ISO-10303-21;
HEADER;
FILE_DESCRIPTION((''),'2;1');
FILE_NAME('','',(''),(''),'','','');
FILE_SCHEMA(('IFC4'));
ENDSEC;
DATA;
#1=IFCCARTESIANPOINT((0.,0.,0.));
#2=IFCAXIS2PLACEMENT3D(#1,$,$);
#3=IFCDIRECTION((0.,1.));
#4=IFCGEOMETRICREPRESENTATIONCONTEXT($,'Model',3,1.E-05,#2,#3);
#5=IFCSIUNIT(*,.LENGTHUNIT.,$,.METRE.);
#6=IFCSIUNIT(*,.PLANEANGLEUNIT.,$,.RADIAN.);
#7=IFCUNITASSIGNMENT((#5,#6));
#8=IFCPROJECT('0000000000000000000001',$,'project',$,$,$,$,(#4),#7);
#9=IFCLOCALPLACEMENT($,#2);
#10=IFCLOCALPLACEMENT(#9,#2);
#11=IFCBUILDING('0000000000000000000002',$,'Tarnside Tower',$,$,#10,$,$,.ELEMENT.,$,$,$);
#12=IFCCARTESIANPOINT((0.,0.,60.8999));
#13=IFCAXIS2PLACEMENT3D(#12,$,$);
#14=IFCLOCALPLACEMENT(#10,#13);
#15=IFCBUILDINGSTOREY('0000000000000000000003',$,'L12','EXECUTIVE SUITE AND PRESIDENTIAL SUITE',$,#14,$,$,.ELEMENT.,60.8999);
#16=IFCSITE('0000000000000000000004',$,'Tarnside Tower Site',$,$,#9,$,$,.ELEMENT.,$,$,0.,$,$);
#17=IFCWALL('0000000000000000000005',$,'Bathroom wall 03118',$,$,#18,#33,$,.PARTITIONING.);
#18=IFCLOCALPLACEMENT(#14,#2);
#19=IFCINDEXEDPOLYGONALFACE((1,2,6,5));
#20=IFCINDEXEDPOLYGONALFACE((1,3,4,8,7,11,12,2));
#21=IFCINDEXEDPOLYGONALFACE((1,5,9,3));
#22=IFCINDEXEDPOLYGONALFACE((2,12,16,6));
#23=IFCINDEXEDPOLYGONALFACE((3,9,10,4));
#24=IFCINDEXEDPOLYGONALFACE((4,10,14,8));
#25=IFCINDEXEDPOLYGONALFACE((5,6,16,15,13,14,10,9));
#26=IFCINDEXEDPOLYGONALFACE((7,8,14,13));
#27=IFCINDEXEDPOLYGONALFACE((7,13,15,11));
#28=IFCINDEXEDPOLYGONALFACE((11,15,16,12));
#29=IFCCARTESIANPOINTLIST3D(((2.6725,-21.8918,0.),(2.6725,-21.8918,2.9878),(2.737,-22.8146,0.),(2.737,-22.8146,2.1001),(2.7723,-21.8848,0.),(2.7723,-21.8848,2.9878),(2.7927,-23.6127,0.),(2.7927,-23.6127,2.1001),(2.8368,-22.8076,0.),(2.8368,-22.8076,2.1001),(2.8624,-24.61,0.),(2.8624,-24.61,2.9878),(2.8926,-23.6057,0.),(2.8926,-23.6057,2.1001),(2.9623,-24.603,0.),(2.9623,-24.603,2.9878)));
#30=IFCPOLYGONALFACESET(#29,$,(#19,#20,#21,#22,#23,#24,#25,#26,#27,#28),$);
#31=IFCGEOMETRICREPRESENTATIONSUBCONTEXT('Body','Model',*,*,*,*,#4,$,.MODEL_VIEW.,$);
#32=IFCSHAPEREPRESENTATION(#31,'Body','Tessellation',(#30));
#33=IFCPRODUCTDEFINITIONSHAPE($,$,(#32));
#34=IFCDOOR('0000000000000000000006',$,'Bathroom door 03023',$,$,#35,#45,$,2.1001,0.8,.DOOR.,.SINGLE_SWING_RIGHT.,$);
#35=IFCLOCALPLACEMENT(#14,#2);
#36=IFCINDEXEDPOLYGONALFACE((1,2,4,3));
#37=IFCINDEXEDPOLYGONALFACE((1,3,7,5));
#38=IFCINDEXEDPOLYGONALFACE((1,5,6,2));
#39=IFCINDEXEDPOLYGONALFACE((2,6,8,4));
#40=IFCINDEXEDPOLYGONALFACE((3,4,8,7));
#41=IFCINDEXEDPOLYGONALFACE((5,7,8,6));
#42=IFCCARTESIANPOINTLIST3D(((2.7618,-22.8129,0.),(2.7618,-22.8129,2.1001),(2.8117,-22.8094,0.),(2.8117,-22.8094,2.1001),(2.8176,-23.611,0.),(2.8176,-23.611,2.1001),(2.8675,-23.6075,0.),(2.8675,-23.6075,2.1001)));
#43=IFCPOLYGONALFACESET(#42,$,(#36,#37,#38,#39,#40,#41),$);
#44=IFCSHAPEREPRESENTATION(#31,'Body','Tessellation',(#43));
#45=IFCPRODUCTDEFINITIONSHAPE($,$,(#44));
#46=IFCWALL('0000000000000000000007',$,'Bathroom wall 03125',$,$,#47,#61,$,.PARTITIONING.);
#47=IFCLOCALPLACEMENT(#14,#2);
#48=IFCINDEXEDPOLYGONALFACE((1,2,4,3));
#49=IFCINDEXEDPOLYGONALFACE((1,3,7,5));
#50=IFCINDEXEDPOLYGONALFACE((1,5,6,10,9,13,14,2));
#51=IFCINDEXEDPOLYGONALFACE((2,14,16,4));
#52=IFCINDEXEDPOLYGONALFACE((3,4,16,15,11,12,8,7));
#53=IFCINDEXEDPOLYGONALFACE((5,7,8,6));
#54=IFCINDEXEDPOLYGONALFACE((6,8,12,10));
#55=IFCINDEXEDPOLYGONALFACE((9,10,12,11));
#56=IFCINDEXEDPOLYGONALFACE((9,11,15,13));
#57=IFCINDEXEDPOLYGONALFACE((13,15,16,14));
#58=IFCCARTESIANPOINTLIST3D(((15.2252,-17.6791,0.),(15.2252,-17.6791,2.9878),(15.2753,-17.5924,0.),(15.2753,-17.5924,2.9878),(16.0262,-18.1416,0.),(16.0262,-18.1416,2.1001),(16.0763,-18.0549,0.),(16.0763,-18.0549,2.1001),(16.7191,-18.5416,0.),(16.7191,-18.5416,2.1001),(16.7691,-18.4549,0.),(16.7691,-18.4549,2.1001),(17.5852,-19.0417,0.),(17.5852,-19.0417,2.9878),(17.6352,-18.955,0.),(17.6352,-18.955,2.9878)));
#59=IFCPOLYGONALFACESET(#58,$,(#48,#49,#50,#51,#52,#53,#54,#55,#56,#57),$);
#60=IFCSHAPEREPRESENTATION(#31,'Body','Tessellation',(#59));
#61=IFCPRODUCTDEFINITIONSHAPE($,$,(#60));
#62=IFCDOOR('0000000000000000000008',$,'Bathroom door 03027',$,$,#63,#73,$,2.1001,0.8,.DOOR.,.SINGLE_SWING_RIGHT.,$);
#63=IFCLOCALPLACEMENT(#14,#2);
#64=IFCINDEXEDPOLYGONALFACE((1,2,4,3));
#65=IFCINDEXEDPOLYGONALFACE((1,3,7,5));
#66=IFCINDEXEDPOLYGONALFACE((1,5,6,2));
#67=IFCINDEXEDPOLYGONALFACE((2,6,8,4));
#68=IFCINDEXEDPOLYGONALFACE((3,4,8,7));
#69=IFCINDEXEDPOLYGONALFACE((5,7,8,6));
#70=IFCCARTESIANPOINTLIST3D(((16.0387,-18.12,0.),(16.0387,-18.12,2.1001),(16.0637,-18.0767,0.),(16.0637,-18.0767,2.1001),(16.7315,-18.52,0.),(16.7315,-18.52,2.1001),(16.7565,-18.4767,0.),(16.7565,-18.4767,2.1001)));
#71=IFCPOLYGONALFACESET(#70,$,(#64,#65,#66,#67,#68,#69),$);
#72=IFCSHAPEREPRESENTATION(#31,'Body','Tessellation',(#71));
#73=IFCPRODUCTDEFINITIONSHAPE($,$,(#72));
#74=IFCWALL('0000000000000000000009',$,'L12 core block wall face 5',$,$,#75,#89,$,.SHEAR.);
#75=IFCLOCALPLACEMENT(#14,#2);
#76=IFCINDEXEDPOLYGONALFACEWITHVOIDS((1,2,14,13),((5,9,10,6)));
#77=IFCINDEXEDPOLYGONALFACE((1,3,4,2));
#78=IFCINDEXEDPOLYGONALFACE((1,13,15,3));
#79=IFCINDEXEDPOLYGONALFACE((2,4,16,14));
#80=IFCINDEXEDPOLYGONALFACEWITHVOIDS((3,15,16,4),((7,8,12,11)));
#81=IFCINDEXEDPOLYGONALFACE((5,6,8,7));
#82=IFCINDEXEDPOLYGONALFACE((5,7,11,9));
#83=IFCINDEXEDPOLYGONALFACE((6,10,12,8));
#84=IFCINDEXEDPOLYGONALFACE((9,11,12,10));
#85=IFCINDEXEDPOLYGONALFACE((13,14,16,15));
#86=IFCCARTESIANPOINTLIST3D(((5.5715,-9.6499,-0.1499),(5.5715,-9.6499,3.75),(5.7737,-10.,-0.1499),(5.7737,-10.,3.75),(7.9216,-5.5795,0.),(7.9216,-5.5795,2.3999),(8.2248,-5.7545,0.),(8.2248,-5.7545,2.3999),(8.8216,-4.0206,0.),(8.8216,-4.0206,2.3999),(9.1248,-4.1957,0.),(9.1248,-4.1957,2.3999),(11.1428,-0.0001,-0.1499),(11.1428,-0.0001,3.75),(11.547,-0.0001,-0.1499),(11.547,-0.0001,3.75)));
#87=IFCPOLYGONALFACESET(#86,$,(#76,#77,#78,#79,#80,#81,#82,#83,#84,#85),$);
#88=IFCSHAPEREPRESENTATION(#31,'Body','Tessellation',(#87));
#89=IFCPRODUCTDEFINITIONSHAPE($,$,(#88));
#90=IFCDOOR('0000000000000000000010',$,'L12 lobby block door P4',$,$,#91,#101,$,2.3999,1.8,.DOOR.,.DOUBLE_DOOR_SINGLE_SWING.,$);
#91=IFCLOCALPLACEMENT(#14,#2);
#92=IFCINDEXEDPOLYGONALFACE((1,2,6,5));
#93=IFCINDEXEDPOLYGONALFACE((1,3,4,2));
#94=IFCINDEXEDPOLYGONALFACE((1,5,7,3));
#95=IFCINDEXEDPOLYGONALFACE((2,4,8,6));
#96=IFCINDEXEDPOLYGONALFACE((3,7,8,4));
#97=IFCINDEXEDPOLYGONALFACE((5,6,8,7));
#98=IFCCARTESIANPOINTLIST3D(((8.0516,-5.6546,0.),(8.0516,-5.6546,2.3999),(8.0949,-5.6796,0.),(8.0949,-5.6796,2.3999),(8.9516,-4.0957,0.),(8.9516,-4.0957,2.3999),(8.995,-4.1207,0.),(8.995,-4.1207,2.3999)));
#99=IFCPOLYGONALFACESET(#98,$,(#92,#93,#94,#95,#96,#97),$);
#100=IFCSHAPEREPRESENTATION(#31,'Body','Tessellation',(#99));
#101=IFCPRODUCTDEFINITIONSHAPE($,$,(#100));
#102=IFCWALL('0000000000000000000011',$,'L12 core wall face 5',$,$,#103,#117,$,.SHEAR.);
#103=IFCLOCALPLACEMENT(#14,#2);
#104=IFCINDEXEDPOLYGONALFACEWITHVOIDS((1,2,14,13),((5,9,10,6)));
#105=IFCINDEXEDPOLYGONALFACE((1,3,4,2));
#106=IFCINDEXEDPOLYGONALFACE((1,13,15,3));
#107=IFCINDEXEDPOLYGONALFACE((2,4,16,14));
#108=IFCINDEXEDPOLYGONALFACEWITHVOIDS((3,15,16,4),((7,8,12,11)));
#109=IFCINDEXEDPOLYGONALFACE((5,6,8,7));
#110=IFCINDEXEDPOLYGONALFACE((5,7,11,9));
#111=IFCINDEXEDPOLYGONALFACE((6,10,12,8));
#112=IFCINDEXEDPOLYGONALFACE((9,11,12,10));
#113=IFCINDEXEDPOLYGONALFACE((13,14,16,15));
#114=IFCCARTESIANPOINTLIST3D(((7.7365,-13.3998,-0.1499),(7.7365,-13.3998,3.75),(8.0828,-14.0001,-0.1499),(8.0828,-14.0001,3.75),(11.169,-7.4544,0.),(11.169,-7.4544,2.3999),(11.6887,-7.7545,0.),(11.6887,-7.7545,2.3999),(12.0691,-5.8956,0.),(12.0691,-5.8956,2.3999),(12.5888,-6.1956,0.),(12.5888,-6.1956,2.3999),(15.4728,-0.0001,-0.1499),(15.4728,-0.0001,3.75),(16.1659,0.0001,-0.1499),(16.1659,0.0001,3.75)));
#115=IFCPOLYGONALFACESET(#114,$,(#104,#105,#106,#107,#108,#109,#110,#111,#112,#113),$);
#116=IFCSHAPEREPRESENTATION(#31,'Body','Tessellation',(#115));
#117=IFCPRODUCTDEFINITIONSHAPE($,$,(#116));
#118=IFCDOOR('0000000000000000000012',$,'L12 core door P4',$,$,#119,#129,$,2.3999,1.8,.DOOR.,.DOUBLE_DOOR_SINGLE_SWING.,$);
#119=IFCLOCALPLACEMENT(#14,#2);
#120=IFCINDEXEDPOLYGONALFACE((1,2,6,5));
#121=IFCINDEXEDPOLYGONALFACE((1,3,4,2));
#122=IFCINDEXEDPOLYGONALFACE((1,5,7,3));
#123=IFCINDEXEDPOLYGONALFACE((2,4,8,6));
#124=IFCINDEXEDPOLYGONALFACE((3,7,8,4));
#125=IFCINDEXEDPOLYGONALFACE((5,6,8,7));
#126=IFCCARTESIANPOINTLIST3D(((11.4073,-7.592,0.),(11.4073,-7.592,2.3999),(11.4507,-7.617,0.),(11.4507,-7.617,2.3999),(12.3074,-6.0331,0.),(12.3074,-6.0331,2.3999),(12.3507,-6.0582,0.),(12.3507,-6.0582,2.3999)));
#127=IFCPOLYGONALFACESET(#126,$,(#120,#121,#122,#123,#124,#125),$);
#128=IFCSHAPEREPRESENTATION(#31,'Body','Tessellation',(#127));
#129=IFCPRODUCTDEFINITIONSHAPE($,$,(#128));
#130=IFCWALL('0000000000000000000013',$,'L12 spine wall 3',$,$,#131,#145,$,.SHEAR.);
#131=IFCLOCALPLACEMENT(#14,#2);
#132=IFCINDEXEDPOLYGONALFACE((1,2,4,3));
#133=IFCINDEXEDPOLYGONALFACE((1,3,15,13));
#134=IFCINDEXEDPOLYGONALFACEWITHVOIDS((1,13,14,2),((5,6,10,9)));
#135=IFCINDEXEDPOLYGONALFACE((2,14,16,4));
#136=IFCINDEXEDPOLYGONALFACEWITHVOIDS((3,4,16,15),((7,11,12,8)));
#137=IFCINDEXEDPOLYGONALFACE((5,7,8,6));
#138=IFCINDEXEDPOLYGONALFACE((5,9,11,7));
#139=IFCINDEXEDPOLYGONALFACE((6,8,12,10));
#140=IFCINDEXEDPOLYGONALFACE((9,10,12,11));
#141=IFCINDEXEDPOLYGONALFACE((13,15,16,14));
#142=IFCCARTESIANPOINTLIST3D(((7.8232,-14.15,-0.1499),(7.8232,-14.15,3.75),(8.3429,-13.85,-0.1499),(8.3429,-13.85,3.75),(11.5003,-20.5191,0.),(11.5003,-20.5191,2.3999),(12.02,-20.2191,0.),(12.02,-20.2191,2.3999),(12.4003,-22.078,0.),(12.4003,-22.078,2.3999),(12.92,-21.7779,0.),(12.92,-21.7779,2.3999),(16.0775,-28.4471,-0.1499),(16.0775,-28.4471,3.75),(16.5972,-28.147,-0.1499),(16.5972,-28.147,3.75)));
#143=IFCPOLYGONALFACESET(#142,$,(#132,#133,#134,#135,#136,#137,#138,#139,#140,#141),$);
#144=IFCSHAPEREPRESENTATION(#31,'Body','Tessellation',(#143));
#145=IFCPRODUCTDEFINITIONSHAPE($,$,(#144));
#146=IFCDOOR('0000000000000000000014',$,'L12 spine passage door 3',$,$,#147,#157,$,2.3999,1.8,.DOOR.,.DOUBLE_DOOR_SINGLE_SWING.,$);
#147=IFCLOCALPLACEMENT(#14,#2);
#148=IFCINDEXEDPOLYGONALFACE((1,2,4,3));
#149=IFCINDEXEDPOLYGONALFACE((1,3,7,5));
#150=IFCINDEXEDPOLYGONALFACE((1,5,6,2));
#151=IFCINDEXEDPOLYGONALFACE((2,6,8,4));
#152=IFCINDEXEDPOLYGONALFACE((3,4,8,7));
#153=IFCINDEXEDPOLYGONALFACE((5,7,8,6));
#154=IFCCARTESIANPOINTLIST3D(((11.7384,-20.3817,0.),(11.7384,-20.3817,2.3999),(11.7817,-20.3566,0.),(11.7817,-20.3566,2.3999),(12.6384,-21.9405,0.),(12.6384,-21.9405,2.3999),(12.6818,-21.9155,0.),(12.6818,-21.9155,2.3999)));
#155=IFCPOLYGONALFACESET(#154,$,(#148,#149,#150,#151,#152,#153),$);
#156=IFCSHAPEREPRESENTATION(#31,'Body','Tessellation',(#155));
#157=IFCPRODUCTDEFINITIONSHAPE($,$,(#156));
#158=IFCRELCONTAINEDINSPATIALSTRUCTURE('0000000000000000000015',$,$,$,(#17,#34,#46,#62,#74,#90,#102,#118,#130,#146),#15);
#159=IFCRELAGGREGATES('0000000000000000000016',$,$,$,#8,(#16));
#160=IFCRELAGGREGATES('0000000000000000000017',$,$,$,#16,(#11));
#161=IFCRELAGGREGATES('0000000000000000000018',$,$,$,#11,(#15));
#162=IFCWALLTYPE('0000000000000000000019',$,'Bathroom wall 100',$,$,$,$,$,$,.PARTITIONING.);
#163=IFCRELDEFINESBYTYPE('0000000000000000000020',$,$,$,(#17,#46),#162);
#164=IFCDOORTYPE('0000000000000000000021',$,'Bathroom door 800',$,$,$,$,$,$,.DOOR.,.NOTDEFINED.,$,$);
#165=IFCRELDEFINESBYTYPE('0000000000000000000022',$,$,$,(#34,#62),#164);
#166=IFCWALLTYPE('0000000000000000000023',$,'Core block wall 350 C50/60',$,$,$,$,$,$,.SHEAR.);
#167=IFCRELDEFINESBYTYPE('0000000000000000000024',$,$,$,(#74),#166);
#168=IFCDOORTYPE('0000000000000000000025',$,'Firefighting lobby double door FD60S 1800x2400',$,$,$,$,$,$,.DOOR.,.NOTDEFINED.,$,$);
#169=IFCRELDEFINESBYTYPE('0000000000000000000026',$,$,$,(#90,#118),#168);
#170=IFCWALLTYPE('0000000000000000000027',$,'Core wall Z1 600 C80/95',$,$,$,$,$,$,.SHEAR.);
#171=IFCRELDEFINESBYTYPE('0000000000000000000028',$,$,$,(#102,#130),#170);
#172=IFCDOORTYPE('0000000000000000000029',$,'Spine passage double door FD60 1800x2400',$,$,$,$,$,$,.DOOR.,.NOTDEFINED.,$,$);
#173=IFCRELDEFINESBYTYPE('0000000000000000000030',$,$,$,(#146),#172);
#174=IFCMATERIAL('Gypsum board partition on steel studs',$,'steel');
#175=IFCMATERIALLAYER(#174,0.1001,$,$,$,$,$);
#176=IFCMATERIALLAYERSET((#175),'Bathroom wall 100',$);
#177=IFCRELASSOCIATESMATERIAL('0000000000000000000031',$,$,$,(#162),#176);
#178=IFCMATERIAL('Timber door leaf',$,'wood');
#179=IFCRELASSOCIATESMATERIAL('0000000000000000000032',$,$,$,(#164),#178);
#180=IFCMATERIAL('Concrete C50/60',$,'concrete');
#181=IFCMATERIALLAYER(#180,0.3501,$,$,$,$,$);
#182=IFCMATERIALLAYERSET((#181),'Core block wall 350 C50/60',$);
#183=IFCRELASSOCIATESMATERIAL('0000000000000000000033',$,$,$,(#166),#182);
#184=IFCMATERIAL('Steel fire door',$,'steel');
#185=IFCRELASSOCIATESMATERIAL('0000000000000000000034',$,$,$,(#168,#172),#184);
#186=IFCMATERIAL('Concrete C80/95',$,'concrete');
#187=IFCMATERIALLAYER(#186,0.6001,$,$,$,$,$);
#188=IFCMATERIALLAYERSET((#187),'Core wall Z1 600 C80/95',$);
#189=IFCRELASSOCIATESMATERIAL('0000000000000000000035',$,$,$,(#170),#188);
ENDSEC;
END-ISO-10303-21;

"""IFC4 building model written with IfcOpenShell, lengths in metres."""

from ifc_helpers import new_model, si_unit, direction, frame, frame_2d, origin, place, context, subcontext, project, spatial, polyline, rectangle, outline, extrude, material, layer, layer_set, type_object, element, fill, save


model = new_model("IFC4")

# Units and contexts
model_context = context("Model", 3, precision=1e-05, world=origin(), true_north=direction((0.0, 1.0)))
body_context = subcontext(model_context, "Body", "Model", "MODEL_VIEW")
ifc_project = project(units=[si_unit("LENGTHUNIT", "METRE"), si_unit("PLANEANGLEUNIT", "RADIAN")], contexts=[model_context])

# Site, building, storey
site_placement = place(None, origin())
site = spatial("IfcSite", under=ifc_project, at=site_placement, Name="Tarnside Tower Site", CompositionType="ELEMENT", RefElevation=0.0)
building_placement = place(site_placement, origin())
building = spatial("IfcBuilding", under=site, at=building_placement, Name="Tarnside Tower", CompositionType="ELEMENT")
storey_placement = place(building_placement, frame((0.0, 0.0, 60.8999)))
storey = spatial("IfcBuildingStorey", under=building, at=storey_placement, Name="L12", Description="EXECUTIVE SUITE AND PRESIDENTIAL SUITE", CompositionType="ELEMENT", Elevation=60.8999)

# Walls, openings, doors
ifc_material_1 = material(Name="Gypsum board partition on steel studs", Category="steel")
ifc_layer_1 = layer(ifc_material_1, 0.1001)
ifc_layer_set_1 = layer_set([ifc_layer_1], Name="Bathroom wall 100")
wall_type_1 = type_object("IfcWallType", Name="Bathroom wall 100", PredefinedType="PARTITIONING", material=ifc_layer_set_1)
wall_1_placement = place(storey_placement, frame((2.7224, -21.8884, 0.0), z_axis=(0.0, 0.0, 1.0), x_axis=(0.069706, -0.997568, 0.0)))
wall_1 = element("IfcWall", 1, at=wall_1_placement, inside=storey, type_object=wall_type_1, Name="Bathroom wall 03118", PredefinedType="PARTITIONING", context=body_context, shape_type="SweptSolid", body=[
    extrude(rectangle(XDim=2.7249, YDim=0.1001, at=frame_2d((1.3623, 0.0))), origin(), (0.0, 0.0, 1.0), 2.9878),
])
opening_1_placement = place(wall_1_placement, frame((0.925, 0.0, 0.0)))
opening_1 = element("IfcOpeningElement", 2, at=opening_1_placement, cuts=wall_1, PredefinedType="OPENING", context=body_context, shape_type="SweptSolid", body=[
    extrude(rectangle(XDim=0.8, YDim=2.1001, at=frame_2d((0.3999, 1.05))), frame((0.0, 0.0601, 0.0), z_axis=(0.0, -1.0, 0.0), x_axis=(1.0, 0.0, 0.0)), (0.0, 0.0, 1.0), 0.1201),
])
ifc_material_2 = material(Name="Timber door leaf", Category="wood")
door_type_1 = type_object("IfcDoorType", Name="Bathroom door 800", OperationType="NOTDEFINED", PredefinedType="DOOR", material=ifc_material_2)
door_1_placement = place(opening_1_placement, origin())
door_1 = element("IfcDoor", 3, at=door_1_placement, inside=storey, type_object=door_type_1, Name="Bathroom door 03023", OperationType="SINGLE_SWING_RIGHT", OverallHeight=2.1001, OverallWidth=0.8, PredefinedType="DOOR", context=body_context, shape_type="SweptSolid", body=[
    extrude(rectangle(XDim=0.8, YDim=2.1001, at=frame_2d((0.3999, 1.05))), frame((0.0, 0.0249, 0.0), z_axis=(0.0, -1.0, 0.0), x_axis=(1.0, 0.0, 0.0)), (0.0, 0.0, 1.0), 0.05),
])
fill(opening_1, door_1)
wall_2_placement = place(storey_placement, frame((15.2502, -17.6357, 0.0), z_axis=(0.0, 0.0, 1.0), x_axis=(0.866013, -0.500022, 0.0)))
wall_2 = element("IfcWall", 4, at=wall_2_placement, inside=storey, type_object=wall_type_1, Name="Bathroom wall 03125", PredefinedType="PARTITIONING", context=body_context, shape_type="SweptSolid", body=[
    extrude(rectangle(XDim=2.7251, YDim=0.1001, at=frame_2d((1.3625, 0.0))), origin(), (0.0, 0.0, 1.0), 2.9878),
])
opening_2_placement = place(wall_2_placement, frame((0.925, 0.0, 0.0)))
opening_2 = element("IfcOpeningElement", 5, at=opening_2_placement, cuts=wall_2, PredefinedType="OPENING", context=body_context, shape_type="SweptSolid", body=[
    extrude(rectangle(XDim=0.8, YDim=2.1001, at=frame_2d((0.3999, 1.05))), frame((0.0, 0.0601, 0.0), z_axis=(0.0, -1.0, 0.0), x_axis=(1.0, 0.0, 0.0)), (0.0, 0.0, 1.0), 0.1201),
])
door_2_placement = place(opening_2_placement, origin())
door_2 = element("IfcDoor", 6, at=door_2_placement, inside=storey, type_object=door_type_1, Name="Bathroom door 03027", OperationType="SINGLE_SWING_RIGHT", OverallHeight=2.1001, OverallWidth=0.8, PredefinedType="DOOR", context=body_context, shape_type="SweptSolid", body=[
    extrude(rectangle(XDim=0.8, YDim=2.1001, at=frame_2d((0.3999, 1.05))), frame((0.0, 0.0249, 0.0), z_axis=(0.0, -1.0, 0.0), x_axis=(1.0, 0.0, 0.0)), (0.0, 0.0, 1.0), 0.05),
])
fill(opening_2, door_2)
ifc_material_3 = material(Name="Concrete C50/60", Category="concrete")
ifc_layer_2 = layer(ifc_material_3, 0.3501)
ifc_layer_set_2 = layer_set([ifc_layer_2], Name="Core block wall 350 C50/60")
wall_type_2 = type_object("IfcWallType", Name="Core block wall 350 C50/60", PredefinedType="SHEAR", material=ifc_layer_set_2)
wall_3_placement = place(storey_placement, frame((5.6726, -9.825, -0.1499), z_axis=(0.0, 0.0, 1.0), x_axis=(0.499995, 0.866028, 0.0)))
wall_3 = element("IfcWall", 7, at=wall_3_placement, inside=storey, type_object=wall_type_2, Name="L12 core block wall face 5", PredefinedType="SHEAR", context=body_context, shape_type="SweptSolid", body=[
    extrude(outline(polyline([(-0.1011, -0.175), (11.4458, -0.175), (11.2437, 0.175), (0.1011, 0.175), (-0.1011, -0.175)])), origin(), (0.0, 0.0, 1.0), 3.8999),
])
opening_3_placement = place(wall_3_placement, frame((4.8013, 0.0, 0.1499)))
opening_3 = element("IfcOpeningElement", 8, at=opening_3_placement, cuts=wall_3, PredefinedType="OPENING", context=body_context, shape_type="SweptSolid", body=[
    extrude(rectangle(XDim=1.8, YDim=2.3999, at=frame_2d((0.8999, 1.2))), frame((0.0, 0.1851, 0.0), z_axis=(0.0, -1.0, 0.0), x_axis=(1.0, 0.0, 0.0)), (0.0, 0.0, 1.0), 0.3701),
])
ifc_material_4 = material(Name="Steel fire door", Category="steel")
door_type_2 = type_object("IfcDoorType", Name="Firefighting lobby double door FD60S 1800x2400", OperationType="NOTDEFINED", PredefinedType="DOOR", material=ifc_material_4)
door_3_placement = place(opening_3_placement, origin())
door_3 = element("IfcDoor", 9, at=door_3_placement, inside=storey, type_object=door_type_2, Name="L12 lobby block door P4", OperationType="DOUBLE_DOOR_SINGLE_SWING", OverallHeight=2.3999, OverallWidth=1.8, PredefinedType="DOOR", context=body_context, shape_type="SweptSolid", body=[
    extrude(rectangle(XDim=1.8, YDim=2.3999, at=frame_2d((0.8999, 1.2))), frame((0.0, 0.0249, 0.0), z_axis=(0.0, -1.0, 0.0), x_axis=(1.0, 0.0, 0.0)), (0.0, 0.0, 1.0), 0.05),
])
fill(opening_3, door_3)
ifc_material_5 = material(Name="Concrete C80/95", Category="concrete")
ifc_layer_3 = layer(ifc_material_5, 0.6001)
ifc_layer_set_3 = layer_set([ifc_layer_3], Name="Core wall Z1 600 C80/95")
wall_type_3 = type_object("IfcWallType", Name="Core wall Z1 600 C80/95", PredefinedType="SHEAR", material=ifc_layer_set_3)
wall_4_placement = place(storey_placement, frame((7.9097, -13.7, -0.1499), z_axis=(0.0, 0.0, 1.0), x_axis=(0.5, 0.866025, 0.0)))
wall_4 = element("IfcWall", 10, at=wall_4_placement, inside=storey, type_object=wall_type_3, Name="L12 core wall face 5", PredefinedType="SHEAR", context=body_context, shape_type="SweptSolid", body=[
    extrude(outline(polyline([(-0.1733, -0.3), (15.9927, -0.3), (15.646, 0.3), (0.1733, 0.3), (-0.1733, -0.3)])), origin(), (0.0, 0.0, 1.0), 3.8999),
])
opening_4_placement = place(wall_4_placement, frame((7.0386, 0.0, 0.1499)))
opening_4 = element("IfcOpeningElement", 11, at=opening_4_placement, cuts=wall_4, PredefinedType="OPENING", context=body_context, shape_type="SweptSolid", body=[
    extrude(rectangle(XDim=1.8, YDim=2.3999, at=frame_2d((0.8999, 1.2))), frame((0.0, 0.3101, 0.0), z_axis=(0.0, -1.0, 0.0), x_axis=(1.0, 0.0, 0.0)), (0.0, 0.0, 1.0), 0.6201),
])
door_4_placement = place(opening_4_placement, origin())
door_4 = element("IfcDoor", 12, at=door_4_placement, inside=storey, type_object=door_type_2, Name="L12 core door P4", OperationType="DOUBLE_DOOR_SINGLE_SWING", OverallHeight=2.3999, OverallWidth=1.8, PredefinedType="DOOR", context=body_context, shape_type="SweptSolid", body=[
    extrude(rectangle(XDim=1.8, YDim=2.3999, at=frame_2d((0.8999, 1.2))), frame((0.0, 0.0249, 0.0), z_axis=(0.0, -1.0, 0.0), x_axis=(1.0, 0.0, 0.0)), (0.0, 0.0, 1.0), 0.05),
])
fill(opening_4, door_4)
wall_5_placement = place(storey_placement, frame((8.083, -14.0, -0.1499), z_axis=(0.0, 0.0, 1.0), x_axis=(0.499998, -0.866027, 0.0)))
wall_5 = element("IfcWall", 13, at=wall_5_placement, inside=storey, type_object=wall_type_3, Name="L12 spine wall 3", PredefinedType="SHEAR", context=body_context, shape_type="SweptSolid", body=[
    extrude(rectangle(XDim=16.5088, YDim=0.6001, at=frame_2d((8.2544, 0.0))), origin(), (0.0, 0.0, 1.0), 3.8999),
])
opening_5_placement = place(wall_5_placement, frame((7.3545, 0.0, 0.1499)))
opening_5 = element("IfcOpeningElement", 14, at=opening_5_placement, cuts=wall_5, PredefinedType="OPENING", context=body_context, shape_type="SweptSolid", body=[
    extrude(rectangle(XDim=1.8, YDim=2.3999, at=frame_2d((0.8999, 1.2))), frame((0.0, 0.3101, 0.0), z_axis=(0.0, -1.0, 0.0), x_axis=(1.0, 0.0, 0.0)), (0.0, 0.0, 1.0), 0.6201),
])
door_type_3 = type_object("IfcDoorType", Name="Spine passage double door FD60 1800x2400", OperationType="NOTDEFINED", PredefinedType="DOOR", material=ifc_material_4)
door_5_placement = place(opening_5_placement, origin())
door_5 = element("IfcDoor", 15, at=door_5_placement, inside=storey, type_object=door_type_3, Name="L12 spine passage door 3", OperationType="DOUBLE_DOOR_SINGLE_SWING", OverallHeight=2.3999, OverallWidth=1.8, PredefinedType="DOOR", context=body_context, shape_type="SweptSolid", body=[
    extrude(rectangle(XDim=1.8, YDim=2.3999, at=frame_2d((0.8999, 1.2))), frame((0.0, 0.0249, 0.0), z_axis=(0.0, -1.0, 0.0), x_axis=(1.0, 0.0, 0.0)), (0.0, 0.0, 1.0), 0.05),
])
fill(opening_5, door_5)

save(model, "model.ifc")
